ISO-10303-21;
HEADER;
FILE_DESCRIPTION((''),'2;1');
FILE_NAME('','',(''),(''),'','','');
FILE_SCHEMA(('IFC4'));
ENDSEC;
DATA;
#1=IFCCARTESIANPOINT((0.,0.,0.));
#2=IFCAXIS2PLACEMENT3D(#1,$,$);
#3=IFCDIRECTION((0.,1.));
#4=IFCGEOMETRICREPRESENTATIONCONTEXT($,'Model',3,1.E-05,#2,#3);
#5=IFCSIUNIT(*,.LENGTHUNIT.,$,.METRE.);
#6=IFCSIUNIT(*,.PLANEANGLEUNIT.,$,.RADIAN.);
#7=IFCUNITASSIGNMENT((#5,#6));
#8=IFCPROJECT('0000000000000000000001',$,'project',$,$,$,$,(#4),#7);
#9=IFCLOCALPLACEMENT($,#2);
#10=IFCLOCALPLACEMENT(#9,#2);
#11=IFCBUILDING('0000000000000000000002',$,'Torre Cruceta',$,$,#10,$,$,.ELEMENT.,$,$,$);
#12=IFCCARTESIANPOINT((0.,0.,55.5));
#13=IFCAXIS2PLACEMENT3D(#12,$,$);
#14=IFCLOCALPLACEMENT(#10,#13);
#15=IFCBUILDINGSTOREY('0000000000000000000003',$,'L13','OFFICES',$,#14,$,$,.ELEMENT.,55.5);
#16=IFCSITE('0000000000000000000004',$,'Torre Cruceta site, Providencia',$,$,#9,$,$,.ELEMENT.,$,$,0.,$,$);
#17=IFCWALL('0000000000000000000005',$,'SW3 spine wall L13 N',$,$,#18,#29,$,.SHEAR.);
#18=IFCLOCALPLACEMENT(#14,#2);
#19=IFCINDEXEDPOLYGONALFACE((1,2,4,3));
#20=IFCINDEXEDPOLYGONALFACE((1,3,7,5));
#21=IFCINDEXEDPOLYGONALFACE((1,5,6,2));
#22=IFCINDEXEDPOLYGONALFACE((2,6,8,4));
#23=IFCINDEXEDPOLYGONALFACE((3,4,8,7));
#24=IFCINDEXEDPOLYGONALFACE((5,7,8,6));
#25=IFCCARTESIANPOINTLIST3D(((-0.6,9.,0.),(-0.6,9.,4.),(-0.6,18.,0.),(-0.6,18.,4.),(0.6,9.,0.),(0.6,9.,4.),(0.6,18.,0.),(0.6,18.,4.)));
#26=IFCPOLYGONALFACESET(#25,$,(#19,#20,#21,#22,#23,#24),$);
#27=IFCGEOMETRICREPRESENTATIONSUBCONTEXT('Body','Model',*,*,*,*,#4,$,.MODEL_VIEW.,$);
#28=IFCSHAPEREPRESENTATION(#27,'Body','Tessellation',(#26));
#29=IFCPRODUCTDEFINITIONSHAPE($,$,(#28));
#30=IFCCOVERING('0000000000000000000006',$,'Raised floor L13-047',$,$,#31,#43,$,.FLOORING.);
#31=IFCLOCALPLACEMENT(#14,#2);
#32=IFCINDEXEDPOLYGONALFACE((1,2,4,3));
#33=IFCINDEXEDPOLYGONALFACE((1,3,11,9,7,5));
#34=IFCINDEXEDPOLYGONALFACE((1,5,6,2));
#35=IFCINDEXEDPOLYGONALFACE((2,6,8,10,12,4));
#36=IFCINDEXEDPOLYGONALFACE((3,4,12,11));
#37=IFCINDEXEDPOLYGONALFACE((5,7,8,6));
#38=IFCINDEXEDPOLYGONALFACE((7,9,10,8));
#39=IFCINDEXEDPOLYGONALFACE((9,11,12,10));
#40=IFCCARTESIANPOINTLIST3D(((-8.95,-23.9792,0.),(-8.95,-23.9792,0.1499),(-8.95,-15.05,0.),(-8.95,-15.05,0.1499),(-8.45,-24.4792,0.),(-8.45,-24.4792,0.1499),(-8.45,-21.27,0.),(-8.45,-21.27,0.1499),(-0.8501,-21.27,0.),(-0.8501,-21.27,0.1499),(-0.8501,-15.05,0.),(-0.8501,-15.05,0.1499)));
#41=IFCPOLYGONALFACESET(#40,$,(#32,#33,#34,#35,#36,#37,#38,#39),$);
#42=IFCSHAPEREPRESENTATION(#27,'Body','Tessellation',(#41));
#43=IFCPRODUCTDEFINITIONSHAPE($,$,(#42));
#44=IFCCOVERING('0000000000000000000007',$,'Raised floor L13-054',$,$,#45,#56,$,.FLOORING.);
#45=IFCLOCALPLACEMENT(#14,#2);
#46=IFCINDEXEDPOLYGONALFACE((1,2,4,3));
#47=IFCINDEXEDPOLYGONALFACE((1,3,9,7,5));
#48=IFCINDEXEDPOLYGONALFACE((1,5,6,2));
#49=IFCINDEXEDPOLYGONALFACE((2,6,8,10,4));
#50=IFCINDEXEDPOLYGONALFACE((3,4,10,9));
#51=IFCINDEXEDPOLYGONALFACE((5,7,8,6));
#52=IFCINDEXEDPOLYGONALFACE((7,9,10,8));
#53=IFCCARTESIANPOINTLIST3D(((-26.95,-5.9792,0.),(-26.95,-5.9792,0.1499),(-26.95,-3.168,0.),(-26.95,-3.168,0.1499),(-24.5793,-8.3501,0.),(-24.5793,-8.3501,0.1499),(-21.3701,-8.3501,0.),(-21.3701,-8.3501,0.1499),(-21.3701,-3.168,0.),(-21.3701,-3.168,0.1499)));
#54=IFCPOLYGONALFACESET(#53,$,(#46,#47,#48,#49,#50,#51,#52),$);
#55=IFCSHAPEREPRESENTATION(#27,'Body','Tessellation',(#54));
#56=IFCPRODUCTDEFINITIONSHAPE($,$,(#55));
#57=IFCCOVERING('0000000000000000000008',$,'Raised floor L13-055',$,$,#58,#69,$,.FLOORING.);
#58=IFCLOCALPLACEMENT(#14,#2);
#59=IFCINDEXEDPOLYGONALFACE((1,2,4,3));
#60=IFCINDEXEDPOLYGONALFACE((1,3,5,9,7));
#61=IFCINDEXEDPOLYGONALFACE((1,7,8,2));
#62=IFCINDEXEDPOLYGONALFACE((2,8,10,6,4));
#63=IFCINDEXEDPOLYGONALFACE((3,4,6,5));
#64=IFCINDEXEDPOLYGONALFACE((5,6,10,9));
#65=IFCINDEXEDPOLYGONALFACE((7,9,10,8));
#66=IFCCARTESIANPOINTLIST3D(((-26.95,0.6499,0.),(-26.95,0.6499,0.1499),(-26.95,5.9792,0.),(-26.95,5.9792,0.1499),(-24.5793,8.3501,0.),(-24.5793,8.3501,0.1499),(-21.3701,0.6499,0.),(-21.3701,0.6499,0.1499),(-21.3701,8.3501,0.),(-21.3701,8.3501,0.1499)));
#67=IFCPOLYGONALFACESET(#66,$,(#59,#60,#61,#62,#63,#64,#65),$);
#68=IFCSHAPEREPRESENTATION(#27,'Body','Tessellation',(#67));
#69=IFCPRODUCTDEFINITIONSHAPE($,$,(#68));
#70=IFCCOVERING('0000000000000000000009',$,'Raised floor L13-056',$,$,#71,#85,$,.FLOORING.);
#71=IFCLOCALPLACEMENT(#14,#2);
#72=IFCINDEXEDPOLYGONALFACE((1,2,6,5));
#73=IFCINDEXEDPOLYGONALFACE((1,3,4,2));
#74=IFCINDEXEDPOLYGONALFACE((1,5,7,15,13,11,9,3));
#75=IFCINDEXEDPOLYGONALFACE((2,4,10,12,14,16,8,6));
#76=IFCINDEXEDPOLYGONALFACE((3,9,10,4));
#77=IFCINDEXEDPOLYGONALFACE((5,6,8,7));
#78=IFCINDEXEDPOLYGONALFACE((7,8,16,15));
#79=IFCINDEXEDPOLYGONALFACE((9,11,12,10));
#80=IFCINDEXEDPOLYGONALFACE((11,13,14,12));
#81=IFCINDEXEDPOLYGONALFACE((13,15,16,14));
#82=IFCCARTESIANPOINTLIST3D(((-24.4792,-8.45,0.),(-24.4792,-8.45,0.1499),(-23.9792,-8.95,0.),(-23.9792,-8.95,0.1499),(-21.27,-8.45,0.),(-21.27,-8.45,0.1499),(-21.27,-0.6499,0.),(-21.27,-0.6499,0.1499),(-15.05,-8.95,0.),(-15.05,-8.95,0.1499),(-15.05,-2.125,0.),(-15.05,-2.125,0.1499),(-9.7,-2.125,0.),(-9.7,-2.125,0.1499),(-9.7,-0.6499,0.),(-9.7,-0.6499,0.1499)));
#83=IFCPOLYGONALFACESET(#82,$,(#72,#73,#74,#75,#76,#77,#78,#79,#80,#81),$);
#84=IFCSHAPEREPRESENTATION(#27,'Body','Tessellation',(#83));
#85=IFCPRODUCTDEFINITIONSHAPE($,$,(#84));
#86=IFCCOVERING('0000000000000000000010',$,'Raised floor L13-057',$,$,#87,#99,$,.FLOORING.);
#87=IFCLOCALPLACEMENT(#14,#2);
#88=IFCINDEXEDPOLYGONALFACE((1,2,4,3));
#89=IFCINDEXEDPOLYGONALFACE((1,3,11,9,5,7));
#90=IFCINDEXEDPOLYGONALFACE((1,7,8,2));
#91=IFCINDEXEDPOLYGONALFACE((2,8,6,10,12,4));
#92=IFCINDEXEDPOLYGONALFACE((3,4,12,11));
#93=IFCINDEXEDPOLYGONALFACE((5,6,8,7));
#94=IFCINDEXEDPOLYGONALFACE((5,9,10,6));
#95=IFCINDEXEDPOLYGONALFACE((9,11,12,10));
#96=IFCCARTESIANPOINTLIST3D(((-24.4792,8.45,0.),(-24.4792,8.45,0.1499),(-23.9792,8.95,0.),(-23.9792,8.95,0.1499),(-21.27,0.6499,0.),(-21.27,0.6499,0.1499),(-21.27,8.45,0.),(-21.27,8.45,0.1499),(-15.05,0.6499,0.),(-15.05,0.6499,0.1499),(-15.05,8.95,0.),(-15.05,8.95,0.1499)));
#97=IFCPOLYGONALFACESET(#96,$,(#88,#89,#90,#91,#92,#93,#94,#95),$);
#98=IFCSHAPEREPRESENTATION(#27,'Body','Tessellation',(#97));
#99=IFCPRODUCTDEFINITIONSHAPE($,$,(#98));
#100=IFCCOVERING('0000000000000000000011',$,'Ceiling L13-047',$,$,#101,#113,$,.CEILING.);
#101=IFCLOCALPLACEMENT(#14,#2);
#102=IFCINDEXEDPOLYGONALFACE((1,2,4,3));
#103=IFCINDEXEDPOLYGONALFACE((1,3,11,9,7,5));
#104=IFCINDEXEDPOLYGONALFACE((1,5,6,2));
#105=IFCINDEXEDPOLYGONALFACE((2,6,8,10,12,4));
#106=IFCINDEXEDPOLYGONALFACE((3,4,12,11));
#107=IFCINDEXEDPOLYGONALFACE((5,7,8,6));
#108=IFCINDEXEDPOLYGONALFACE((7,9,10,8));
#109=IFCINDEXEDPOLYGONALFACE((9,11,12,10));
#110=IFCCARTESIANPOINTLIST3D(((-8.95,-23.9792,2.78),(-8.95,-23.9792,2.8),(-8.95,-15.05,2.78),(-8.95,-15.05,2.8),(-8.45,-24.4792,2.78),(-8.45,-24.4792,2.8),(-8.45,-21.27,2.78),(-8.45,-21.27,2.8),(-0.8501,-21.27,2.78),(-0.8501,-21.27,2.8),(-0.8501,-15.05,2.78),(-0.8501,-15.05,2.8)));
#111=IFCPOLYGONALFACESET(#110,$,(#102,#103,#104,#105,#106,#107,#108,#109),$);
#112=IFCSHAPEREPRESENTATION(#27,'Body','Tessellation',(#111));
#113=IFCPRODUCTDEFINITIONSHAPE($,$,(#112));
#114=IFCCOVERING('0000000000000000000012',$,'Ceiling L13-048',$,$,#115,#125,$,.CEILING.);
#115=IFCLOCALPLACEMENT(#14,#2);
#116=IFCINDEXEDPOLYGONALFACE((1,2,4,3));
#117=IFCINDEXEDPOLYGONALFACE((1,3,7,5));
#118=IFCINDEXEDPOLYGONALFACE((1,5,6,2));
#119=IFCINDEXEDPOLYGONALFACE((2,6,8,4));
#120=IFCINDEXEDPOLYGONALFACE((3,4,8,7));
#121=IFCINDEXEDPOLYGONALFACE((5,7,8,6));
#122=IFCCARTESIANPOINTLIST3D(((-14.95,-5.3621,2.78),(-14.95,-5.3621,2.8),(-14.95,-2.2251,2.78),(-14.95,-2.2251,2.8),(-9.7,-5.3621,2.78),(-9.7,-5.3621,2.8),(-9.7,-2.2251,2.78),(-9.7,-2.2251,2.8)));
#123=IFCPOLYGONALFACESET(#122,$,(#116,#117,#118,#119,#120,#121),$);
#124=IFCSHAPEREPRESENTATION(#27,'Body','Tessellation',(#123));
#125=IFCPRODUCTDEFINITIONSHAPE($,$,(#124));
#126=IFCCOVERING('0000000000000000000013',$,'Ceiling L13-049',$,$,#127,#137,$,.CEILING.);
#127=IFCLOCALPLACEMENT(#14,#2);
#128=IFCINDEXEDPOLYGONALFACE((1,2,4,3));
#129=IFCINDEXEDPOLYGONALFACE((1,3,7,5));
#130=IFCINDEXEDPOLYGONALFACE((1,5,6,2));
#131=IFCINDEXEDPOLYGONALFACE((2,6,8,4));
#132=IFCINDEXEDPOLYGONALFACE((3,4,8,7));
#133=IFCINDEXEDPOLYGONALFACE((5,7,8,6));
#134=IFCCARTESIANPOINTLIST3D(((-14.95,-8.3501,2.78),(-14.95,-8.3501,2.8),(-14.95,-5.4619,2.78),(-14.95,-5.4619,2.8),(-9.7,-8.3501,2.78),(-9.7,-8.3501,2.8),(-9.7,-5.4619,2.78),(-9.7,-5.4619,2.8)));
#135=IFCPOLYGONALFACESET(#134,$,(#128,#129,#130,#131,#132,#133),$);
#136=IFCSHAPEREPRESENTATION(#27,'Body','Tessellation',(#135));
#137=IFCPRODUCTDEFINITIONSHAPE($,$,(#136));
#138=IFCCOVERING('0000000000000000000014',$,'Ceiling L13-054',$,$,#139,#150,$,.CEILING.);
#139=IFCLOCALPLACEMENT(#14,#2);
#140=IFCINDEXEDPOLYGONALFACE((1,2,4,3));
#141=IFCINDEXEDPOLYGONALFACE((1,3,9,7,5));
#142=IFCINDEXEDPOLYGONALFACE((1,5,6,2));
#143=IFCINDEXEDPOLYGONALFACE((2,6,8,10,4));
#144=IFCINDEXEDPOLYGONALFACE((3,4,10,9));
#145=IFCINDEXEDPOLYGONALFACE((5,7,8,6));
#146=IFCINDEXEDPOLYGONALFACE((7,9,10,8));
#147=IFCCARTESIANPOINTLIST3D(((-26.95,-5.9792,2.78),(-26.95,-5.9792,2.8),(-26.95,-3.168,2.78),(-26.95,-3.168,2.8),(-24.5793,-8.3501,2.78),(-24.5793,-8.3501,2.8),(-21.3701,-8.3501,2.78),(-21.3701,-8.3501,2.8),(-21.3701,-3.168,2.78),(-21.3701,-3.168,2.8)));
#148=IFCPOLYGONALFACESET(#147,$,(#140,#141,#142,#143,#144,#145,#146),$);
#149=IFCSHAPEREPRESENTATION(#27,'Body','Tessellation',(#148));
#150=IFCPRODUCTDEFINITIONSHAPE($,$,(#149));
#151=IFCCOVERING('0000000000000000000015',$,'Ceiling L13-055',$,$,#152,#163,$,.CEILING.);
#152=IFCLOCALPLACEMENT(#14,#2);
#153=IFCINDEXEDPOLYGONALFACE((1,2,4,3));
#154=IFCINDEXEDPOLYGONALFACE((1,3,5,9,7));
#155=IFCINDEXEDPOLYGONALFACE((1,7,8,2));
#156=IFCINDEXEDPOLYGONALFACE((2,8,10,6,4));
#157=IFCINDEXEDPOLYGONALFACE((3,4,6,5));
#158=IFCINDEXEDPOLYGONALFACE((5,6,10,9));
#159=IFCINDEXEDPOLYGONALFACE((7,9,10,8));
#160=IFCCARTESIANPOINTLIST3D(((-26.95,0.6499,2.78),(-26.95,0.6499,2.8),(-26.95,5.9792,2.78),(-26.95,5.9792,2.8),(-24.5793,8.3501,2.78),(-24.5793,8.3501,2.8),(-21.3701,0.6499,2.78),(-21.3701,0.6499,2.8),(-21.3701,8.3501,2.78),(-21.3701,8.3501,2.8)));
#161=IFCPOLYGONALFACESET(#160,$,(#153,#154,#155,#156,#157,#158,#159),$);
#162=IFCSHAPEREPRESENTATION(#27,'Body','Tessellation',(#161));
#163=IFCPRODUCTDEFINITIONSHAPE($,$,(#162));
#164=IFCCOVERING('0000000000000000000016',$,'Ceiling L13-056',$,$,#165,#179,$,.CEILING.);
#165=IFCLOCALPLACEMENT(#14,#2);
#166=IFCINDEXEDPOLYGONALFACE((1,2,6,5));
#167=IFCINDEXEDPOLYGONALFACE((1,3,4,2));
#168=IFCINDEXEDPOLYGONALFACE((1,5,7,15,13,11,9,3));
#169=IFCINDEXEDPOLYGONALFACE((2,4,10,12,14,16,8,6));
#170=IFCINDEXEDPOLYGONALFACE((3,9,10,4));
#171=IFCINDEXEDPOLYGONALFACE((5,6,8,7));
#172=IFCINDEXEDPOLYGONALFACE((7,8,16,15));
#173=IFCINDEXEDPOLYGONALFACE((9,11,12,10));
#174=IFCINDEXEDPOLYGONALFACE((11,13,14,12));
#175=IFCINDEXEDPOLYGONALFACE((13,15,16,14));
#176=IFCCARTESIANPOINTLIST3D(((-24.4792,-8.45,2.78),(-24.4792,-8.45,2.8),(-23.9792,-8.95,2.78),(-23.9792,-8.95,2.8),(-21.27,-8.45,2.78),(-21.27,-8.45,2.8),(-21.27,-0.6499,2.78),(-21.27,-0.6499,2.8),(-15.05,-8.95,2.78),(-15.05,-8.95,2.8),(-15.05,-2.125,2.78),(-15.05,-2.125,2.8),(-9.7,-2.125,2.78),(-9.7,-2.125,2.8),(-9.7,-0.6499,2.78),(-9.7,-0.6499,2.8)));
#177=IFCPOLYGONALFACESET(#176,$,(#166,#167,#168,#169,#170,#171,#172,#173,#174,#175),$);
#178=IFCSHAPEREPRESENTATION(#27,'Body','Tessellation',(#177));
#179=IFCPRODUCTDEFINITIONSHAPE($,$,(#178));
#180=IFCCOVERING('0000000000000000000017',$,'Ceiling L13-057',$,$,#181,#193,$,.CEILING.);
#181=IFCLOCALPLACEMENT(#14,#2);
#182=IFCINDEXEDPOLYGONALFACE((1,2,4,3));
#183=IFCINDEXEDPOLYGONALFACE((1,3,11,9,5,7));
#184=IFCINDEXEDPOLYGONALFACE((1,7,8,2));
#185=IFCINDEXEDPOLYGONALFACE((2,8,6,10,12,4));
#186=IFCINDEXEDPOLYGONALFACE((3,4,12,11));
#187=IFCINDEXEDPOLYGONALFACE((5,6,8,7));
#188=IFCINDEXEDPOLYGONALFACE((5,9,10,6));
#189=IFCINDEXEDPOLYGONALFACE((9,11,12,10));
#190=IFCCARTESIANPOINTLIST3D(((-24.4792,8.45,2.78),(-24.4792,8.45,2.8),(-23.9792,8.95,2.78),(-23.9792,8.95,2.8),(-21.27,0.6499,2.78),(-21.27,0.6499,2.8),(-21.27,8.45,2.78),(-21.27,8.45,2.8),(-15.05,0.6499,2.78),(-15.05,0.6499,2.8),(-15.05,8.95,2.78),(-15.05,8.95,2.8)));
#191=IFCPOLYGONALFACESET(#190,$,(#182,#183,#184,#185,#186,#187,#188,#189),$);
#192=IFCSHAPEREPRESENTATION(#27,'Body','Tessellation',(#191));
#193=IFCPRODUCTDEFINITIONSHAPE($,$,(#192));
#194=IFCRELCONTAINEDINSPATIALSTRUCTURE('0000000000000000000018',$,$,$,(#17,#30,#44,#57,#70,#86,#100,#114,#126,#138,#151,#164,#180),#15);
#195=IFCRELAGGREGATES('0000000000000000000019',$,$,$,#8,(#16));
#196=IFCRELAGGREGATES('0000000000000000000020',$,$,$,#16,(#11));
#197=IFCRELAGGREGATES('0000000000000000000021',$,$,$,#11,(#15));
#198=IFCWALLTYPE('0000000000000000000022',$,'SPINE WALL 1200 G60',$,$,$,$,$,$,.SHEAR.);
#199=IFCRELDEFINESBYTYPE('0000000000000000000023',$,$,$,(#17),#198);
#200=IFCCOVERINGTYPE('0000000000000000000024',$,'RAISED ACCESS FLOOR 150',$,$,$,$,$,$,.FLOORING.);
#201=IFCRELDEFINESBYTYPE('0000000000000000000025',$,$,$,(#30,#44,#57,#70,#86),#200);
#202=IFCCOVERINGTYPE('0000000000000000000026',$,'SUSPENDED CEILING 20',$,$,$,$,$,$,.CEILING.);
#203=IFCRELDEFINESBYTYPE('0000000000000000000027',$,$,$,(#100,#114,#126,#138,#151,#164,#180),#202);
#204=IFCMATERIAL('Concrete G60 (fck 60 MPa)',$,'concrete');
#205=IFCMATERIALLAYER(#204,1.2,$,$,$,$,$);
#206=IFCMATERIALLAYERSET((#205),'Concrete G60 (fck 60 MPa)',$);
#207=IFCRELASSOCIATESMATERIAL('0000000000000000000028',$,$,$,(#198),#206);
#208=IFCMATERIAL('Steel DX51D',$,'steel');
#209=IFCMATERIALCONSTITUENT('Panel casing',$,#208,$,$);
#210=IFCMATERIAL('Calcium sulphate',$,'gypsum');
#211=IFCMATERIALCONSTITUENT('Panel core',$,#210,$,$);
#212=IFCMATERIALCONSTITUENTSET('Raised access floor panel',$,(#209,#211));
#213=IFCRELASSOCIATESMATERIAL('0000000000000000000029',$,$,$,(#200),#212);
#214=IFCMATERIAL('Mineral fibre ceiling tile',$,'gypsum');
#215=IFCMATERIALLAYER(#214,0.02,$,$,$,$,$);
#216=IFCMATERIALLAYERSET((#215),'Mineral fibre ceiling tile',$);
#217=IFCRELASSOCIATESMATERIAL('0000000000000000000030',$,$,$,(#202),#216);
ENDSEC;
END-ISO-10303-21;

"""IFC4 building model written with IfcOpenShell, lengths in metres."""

from ifc_helpers import new_model, si_unit, direction, frame, frame_2d, origin, place, context, subcontext, project, spatial, polyline, rectangle, outline, extrude, material, layer, layer_set, constituent, constituent_set, type_object, element, save


model = new_model("IFC4")

# Units and contexts
model_context = context("Model", 3, precision=1e-05, world=origin(), true_north=direction((0.0, 1.0)))
body_context = subcontext(model_context, "Body", "Model", "MODEL_VIEW")
ifc_project = project(units=[si_unit("LENGTHUNIT", "METRE"), si_unit("PLANEANGLEUNIT", "RADIAN")], contexts=[model_context])

# Site, building, storey
site_placement = place(None, origin())
site = spatial("IfcSite", under=ifc_project, at=site_placement, Name="Torre Cruceta site, Providencia", CompositionType="ELEMENT", RefElevation=0.0)
building_placement = place(site_placement, origin())
building = spatial("IfcBuilding", under=site, at=building_placement, Name="Torre Cruceta", CompositionType="ELEMENT")
storey_placement = place(building_placement, frame((0.0, 0.0, 55.5)))
storey = spatial("IfcBuildingStorey", under=building, at=storey_placement, Name="L13", Description="OFFICES", CompositionType="ELEMENT", Elevation=55.5)

# Wall
ifc_material_1 = material(Name="Concrete G60 (fck 60 MPa)", Category="concrete")
ifc_layer_1 = layer(ifc_material_1, 1.2)
ifc_layer_set_1 = layer_set([ifc_layer_1], Name="Concrete G60 (fck 60 MPa)")
wall_type_1 = type_object("IfcWallType", Name="SPINE WALL 1200 G60", PredefinedType="SHEAR", material=ifc_layer_set_1)
wall_1_placement = place(storey_placement, frame((0.0, 9.0, 0.0), z_axis=(0.0, 0.0, 1.0), x_axis=(0.0, 1.0, 0.0)))
element("IfcWall", 1, at=wall_1_placement, inside=storey, type_object=wall_type_1, Name="SW3 spine wall L13 N", PredefinedType="SHEAR", context=body_context, shape_type="SweptSolid", body=[
    extrude(rectangle(XDim=9.0, YDim=1.2, at=frame_2d((4.5, 0.0))), origin(), (0.0, 0.0, 1.0), 4.0),
])

# Coverings
ifc_material_2 = material(Name="Steel DX51D", Category="steel")
ifc_constituent_1 = constituent(ifc_material_2, Name="Panel casing")
ifc_material_3 = material(Name="Calcium sulphate", Category="gypsum")
ifc_constituent_2 = constituent(ifc_material_3, Name="Panel core")
ifc_constituent_set_1 = constituent_set(constituents=[ifc_constituent_1, ifc_constituent_2], Name="Raised access floor panel")
covering_type_1 = type_object("IfcCoveringType", Name="RAISED ACCESS FLOOR 150", PredefinedType="FLOORING", material=ifc_constituent_set_1)
covering_1_placement = place(storey_placement, origin())
element("IfcCovering", 2, at=covering_1_placement, inside=storey, type_object=covering_type_1, Name="Raised floor L13-047", PredefinedType="FLOORING", context=body_context, shape_type="SweptSolid", body=[
    extrude(outline(polyline([(-8.95, -15.05), (-0.8501, -15.05), (-0.8501, -21.27), (-8.45, -21.27), (-8.45, -24.4792), (-8.95, -23.9792), (-8.95, -15.05)])), origin(), (0.0, 0.0, 1.0), 0.1499),
])
covering_2_placement = place(storey_placement, origin())
element("IfcCovering", 3, at=covering_2_placement, inside=storey, type_object=covering_type_1, Name="Raised floor L13-054", PredefinedType="FLOORING", context=body_context, shape_type="SweptSolid", body=[
    extrude(outline(polyline([(-26.95, -3.168), (-21.3701, -3.168), (-21.3701, -8.3501), (-24.5793, -8.3501), (-26.95, -5.9792), (-26.95, -3.168)])), origin(), (0.0, 0.0, 1.0), 0.1499),
])
covering_3_placement = place(storey_placement, origin())
element("IfcCovering", 4, at=covering_3_placement, inside=storey, type_object=covering_type_1, Name="Raised floor L13-055", PredefinedType="FLOORING", context=body_context, shape_type="SweptSolid", body=[
    extrude(outline(polyline([(-24.5793, 8.3501), (-21.3701, 8.3501), (-21.3701, 0.6499), (-26.95, 0.6499), (-26.95, 5.9792), (-24.5793, 8.3501)])), origin(), (0.0, 0.0, 1.0), 0.1499),
])
covering_4_placement = place(storey_placement, origin())
element("IfcCovering", 5, at=covering_4_placement, inside=storey, type_object=covering_type_1, Name="Raised floor L13-056", PredefinedType="FLOORING", context=body_context, shape_type="SweptSolid", body=[
    extrude(outline(polyline([(-9.7, -2.125), (-15.05, -2.125), (-15.05, -8.95), (-23.9792, -8.95), (-24.4792, -8.45), (-21.27, -8.45), (-21.27, -0.6499), (-9.7, -0.6499), (-9.7, -2.125)])), origin(), (0.0, 0.0, 1.0), 0.1499),
])
covering_5_placement = place(storey_placement, origin())
element("IfcCovering", 6, at=covering_5_placement, inside=storey, type_object=covering_type_1, Name="Raised floor L13-057", PredefinedType="FLOORING", context=body_context, shape_type="SweptSolid", body=[
    extrude(outline(polyline([(-15.05, 8.95), (-15.05, 0.6499), (-21.27, 0.6499), (-21.27, 8.45), (-24.4792, 8.45), (-23.9792, 8.95), (-15.05, 8.95)])), origin(), (0.0, 0.0, 1.0), 0.1499),
])
ifc_material_4 = material(Name="Mineral fibre ceiling tile", Category="gypsum")
ifc_layer_2 = layer(ifc_material_4, 0.02)
ifc_layer_set_2 = layer_set([ifc_layer_2], Name="Mineral fibre ceiling tile")
covering_type_2 = type_object("IfcCoveringType", Name="SUSPENDED CEILING 20", PredefinedType="CEILING", material=ifc_layer_set_2)
covering_6_placement = place(storey_placement, frame((0.0, 0.0, 2.78)))
element("IfcCovering", 7, at=covering_6_placement, inside=storey, type_object=covering_type_2, Name="Ceiling L13-047", PredefinedType="CEILING", context=body_context, shape_type="SweptSolid", body=[
    extrude(outline(polyline([(-8.95, -15.05), (-0.8501, -15.05), (-0.8501, -21.27), (-8.45, -21.27), (-8.45, -24.4792), (-8.95, -23.9792), (-8.95, -15.05)])), origin(), (0.0, 0.0, 1.0), 0.02),
])
covering_7_placement = place(storey_placement, frame((0.0, 0.0, 2.78)))
element("IfcCovering", 8, at=covering_7_placement, inside=storey, type_object=covering_type_2, Name="Ceiling L13-048", PredefinedType="CEILING", context=body_context, shape_type="SweptSolid", body=[
    extrude(outline(polyline([(-9.7, -2.2251), (-9.7, -5.3621), (-14.95, -5.3621), (-14.95, -2.2251), (-9.7, -2.2251)])), origin(), (0.0, 0.0, 1.0), 0.02),
])
covering_8_placement = place(storey_placement, frame((0.0, 0.0, 2.78)))
element("IfcCovering", 9, at=covering_8_placement, inside=storey, type_object=covering_type_2, Name="Ceiling L13-049", PredefinedType="CEILING", context=body_context, shape_type="SweptSolid", body=[
    extrude(outline(polyline([(-9.7, -5.4619), (-9.7, -8.3501), (-14.95, -8.3501), (-14.95, -5.4619), (-9.7, -5.4619)])), origin(), (0.0, 0.0, 1.0), 0.02),
])
covering_9_placement = place(storey_placement, frame((0.0, 0.0, 2.78)))
element("IfcCovering", 10, at=covering_9_placement, inside=storey, type_object=covering_type_2, Name="Ceiling L13-054", PredefinedType="CEILING", context=body_context, shape_type="SweptSolid", body=[
    extrude(outline(polyline([(-26.95, -3.168), (-21.3701, -3.168), (-21.3701, -8.3501), (-24.5793, -8.3501), (-26.95, -5.9792), (-26.95, -3.168)])), origin(), (0.0, 0.0, 1.0), 0.02),
])
covering_10_placement = place(storey_placement, frame((0.0, 0.0, 2.78)))
element("IfcCovering", 11, at=covering_10_placement, inside=storey, type_object=covering_type_2, Name="Ceiling L13-055", PredefinedType="CEILING", context=body_context, shape_type="SweptSolid", body=[
    extrude(outline(polyline([(-24.5793, 8.3501), (-21.3701, 8.3501), (-21.3701, 0.6499), (-26.95, 0.6499), (-26.95, 5.9792), (-24.5793, 8.3501)])), origin(), (0.0, 0.0, 1.0), 0.02),
])
covering_11_placement = place(storey_placement, frame((0.0, 0.0, 2.78)))
element("IfcCovering", 12, at=covering_11_placement, inside=storey, type_object=covering_type_2, Name="Ceiling L13-056", PredefinedType="CEILING", context=body_context, shape_type="SweptSolid", body=[
    extrude(outline(polyline([(-9.7, -2.125), (-15.05, -2.125), (-15.05, -8.95), (-23.9792, -8.95), (-24.4792, -8.45), (-21.27, -8.45), (-21.27, -0.6499), (-9.7, -0.6499), (-9.7, -2.125)])), origin(), (0.0, 0.0, 1.0), 0.02),
])
covering_12_placement = place(storey_placement, frame((0.0, 0.0, 2.78)))
element("IfcCovering", 13, at=covering_12_placement, inside=storey, type_object=covering_type_2, Name="Ceiling L13-057", PredefinedType="CEILING", context=body_context, shape_type="SweptSolid", body=[
    extrude(outline(polyline([(-15.05, 8.95), (-15.05, 0.6499), (-21.27, 0.6499), (-21.27, 8.45), (-24.4792, 8.45), (-23.9792, 8.95), (-15.05, 8.95)])), origin(), (0.0, 0.0, 1.0), 0.02),
])

save(model, "model.ifc")
